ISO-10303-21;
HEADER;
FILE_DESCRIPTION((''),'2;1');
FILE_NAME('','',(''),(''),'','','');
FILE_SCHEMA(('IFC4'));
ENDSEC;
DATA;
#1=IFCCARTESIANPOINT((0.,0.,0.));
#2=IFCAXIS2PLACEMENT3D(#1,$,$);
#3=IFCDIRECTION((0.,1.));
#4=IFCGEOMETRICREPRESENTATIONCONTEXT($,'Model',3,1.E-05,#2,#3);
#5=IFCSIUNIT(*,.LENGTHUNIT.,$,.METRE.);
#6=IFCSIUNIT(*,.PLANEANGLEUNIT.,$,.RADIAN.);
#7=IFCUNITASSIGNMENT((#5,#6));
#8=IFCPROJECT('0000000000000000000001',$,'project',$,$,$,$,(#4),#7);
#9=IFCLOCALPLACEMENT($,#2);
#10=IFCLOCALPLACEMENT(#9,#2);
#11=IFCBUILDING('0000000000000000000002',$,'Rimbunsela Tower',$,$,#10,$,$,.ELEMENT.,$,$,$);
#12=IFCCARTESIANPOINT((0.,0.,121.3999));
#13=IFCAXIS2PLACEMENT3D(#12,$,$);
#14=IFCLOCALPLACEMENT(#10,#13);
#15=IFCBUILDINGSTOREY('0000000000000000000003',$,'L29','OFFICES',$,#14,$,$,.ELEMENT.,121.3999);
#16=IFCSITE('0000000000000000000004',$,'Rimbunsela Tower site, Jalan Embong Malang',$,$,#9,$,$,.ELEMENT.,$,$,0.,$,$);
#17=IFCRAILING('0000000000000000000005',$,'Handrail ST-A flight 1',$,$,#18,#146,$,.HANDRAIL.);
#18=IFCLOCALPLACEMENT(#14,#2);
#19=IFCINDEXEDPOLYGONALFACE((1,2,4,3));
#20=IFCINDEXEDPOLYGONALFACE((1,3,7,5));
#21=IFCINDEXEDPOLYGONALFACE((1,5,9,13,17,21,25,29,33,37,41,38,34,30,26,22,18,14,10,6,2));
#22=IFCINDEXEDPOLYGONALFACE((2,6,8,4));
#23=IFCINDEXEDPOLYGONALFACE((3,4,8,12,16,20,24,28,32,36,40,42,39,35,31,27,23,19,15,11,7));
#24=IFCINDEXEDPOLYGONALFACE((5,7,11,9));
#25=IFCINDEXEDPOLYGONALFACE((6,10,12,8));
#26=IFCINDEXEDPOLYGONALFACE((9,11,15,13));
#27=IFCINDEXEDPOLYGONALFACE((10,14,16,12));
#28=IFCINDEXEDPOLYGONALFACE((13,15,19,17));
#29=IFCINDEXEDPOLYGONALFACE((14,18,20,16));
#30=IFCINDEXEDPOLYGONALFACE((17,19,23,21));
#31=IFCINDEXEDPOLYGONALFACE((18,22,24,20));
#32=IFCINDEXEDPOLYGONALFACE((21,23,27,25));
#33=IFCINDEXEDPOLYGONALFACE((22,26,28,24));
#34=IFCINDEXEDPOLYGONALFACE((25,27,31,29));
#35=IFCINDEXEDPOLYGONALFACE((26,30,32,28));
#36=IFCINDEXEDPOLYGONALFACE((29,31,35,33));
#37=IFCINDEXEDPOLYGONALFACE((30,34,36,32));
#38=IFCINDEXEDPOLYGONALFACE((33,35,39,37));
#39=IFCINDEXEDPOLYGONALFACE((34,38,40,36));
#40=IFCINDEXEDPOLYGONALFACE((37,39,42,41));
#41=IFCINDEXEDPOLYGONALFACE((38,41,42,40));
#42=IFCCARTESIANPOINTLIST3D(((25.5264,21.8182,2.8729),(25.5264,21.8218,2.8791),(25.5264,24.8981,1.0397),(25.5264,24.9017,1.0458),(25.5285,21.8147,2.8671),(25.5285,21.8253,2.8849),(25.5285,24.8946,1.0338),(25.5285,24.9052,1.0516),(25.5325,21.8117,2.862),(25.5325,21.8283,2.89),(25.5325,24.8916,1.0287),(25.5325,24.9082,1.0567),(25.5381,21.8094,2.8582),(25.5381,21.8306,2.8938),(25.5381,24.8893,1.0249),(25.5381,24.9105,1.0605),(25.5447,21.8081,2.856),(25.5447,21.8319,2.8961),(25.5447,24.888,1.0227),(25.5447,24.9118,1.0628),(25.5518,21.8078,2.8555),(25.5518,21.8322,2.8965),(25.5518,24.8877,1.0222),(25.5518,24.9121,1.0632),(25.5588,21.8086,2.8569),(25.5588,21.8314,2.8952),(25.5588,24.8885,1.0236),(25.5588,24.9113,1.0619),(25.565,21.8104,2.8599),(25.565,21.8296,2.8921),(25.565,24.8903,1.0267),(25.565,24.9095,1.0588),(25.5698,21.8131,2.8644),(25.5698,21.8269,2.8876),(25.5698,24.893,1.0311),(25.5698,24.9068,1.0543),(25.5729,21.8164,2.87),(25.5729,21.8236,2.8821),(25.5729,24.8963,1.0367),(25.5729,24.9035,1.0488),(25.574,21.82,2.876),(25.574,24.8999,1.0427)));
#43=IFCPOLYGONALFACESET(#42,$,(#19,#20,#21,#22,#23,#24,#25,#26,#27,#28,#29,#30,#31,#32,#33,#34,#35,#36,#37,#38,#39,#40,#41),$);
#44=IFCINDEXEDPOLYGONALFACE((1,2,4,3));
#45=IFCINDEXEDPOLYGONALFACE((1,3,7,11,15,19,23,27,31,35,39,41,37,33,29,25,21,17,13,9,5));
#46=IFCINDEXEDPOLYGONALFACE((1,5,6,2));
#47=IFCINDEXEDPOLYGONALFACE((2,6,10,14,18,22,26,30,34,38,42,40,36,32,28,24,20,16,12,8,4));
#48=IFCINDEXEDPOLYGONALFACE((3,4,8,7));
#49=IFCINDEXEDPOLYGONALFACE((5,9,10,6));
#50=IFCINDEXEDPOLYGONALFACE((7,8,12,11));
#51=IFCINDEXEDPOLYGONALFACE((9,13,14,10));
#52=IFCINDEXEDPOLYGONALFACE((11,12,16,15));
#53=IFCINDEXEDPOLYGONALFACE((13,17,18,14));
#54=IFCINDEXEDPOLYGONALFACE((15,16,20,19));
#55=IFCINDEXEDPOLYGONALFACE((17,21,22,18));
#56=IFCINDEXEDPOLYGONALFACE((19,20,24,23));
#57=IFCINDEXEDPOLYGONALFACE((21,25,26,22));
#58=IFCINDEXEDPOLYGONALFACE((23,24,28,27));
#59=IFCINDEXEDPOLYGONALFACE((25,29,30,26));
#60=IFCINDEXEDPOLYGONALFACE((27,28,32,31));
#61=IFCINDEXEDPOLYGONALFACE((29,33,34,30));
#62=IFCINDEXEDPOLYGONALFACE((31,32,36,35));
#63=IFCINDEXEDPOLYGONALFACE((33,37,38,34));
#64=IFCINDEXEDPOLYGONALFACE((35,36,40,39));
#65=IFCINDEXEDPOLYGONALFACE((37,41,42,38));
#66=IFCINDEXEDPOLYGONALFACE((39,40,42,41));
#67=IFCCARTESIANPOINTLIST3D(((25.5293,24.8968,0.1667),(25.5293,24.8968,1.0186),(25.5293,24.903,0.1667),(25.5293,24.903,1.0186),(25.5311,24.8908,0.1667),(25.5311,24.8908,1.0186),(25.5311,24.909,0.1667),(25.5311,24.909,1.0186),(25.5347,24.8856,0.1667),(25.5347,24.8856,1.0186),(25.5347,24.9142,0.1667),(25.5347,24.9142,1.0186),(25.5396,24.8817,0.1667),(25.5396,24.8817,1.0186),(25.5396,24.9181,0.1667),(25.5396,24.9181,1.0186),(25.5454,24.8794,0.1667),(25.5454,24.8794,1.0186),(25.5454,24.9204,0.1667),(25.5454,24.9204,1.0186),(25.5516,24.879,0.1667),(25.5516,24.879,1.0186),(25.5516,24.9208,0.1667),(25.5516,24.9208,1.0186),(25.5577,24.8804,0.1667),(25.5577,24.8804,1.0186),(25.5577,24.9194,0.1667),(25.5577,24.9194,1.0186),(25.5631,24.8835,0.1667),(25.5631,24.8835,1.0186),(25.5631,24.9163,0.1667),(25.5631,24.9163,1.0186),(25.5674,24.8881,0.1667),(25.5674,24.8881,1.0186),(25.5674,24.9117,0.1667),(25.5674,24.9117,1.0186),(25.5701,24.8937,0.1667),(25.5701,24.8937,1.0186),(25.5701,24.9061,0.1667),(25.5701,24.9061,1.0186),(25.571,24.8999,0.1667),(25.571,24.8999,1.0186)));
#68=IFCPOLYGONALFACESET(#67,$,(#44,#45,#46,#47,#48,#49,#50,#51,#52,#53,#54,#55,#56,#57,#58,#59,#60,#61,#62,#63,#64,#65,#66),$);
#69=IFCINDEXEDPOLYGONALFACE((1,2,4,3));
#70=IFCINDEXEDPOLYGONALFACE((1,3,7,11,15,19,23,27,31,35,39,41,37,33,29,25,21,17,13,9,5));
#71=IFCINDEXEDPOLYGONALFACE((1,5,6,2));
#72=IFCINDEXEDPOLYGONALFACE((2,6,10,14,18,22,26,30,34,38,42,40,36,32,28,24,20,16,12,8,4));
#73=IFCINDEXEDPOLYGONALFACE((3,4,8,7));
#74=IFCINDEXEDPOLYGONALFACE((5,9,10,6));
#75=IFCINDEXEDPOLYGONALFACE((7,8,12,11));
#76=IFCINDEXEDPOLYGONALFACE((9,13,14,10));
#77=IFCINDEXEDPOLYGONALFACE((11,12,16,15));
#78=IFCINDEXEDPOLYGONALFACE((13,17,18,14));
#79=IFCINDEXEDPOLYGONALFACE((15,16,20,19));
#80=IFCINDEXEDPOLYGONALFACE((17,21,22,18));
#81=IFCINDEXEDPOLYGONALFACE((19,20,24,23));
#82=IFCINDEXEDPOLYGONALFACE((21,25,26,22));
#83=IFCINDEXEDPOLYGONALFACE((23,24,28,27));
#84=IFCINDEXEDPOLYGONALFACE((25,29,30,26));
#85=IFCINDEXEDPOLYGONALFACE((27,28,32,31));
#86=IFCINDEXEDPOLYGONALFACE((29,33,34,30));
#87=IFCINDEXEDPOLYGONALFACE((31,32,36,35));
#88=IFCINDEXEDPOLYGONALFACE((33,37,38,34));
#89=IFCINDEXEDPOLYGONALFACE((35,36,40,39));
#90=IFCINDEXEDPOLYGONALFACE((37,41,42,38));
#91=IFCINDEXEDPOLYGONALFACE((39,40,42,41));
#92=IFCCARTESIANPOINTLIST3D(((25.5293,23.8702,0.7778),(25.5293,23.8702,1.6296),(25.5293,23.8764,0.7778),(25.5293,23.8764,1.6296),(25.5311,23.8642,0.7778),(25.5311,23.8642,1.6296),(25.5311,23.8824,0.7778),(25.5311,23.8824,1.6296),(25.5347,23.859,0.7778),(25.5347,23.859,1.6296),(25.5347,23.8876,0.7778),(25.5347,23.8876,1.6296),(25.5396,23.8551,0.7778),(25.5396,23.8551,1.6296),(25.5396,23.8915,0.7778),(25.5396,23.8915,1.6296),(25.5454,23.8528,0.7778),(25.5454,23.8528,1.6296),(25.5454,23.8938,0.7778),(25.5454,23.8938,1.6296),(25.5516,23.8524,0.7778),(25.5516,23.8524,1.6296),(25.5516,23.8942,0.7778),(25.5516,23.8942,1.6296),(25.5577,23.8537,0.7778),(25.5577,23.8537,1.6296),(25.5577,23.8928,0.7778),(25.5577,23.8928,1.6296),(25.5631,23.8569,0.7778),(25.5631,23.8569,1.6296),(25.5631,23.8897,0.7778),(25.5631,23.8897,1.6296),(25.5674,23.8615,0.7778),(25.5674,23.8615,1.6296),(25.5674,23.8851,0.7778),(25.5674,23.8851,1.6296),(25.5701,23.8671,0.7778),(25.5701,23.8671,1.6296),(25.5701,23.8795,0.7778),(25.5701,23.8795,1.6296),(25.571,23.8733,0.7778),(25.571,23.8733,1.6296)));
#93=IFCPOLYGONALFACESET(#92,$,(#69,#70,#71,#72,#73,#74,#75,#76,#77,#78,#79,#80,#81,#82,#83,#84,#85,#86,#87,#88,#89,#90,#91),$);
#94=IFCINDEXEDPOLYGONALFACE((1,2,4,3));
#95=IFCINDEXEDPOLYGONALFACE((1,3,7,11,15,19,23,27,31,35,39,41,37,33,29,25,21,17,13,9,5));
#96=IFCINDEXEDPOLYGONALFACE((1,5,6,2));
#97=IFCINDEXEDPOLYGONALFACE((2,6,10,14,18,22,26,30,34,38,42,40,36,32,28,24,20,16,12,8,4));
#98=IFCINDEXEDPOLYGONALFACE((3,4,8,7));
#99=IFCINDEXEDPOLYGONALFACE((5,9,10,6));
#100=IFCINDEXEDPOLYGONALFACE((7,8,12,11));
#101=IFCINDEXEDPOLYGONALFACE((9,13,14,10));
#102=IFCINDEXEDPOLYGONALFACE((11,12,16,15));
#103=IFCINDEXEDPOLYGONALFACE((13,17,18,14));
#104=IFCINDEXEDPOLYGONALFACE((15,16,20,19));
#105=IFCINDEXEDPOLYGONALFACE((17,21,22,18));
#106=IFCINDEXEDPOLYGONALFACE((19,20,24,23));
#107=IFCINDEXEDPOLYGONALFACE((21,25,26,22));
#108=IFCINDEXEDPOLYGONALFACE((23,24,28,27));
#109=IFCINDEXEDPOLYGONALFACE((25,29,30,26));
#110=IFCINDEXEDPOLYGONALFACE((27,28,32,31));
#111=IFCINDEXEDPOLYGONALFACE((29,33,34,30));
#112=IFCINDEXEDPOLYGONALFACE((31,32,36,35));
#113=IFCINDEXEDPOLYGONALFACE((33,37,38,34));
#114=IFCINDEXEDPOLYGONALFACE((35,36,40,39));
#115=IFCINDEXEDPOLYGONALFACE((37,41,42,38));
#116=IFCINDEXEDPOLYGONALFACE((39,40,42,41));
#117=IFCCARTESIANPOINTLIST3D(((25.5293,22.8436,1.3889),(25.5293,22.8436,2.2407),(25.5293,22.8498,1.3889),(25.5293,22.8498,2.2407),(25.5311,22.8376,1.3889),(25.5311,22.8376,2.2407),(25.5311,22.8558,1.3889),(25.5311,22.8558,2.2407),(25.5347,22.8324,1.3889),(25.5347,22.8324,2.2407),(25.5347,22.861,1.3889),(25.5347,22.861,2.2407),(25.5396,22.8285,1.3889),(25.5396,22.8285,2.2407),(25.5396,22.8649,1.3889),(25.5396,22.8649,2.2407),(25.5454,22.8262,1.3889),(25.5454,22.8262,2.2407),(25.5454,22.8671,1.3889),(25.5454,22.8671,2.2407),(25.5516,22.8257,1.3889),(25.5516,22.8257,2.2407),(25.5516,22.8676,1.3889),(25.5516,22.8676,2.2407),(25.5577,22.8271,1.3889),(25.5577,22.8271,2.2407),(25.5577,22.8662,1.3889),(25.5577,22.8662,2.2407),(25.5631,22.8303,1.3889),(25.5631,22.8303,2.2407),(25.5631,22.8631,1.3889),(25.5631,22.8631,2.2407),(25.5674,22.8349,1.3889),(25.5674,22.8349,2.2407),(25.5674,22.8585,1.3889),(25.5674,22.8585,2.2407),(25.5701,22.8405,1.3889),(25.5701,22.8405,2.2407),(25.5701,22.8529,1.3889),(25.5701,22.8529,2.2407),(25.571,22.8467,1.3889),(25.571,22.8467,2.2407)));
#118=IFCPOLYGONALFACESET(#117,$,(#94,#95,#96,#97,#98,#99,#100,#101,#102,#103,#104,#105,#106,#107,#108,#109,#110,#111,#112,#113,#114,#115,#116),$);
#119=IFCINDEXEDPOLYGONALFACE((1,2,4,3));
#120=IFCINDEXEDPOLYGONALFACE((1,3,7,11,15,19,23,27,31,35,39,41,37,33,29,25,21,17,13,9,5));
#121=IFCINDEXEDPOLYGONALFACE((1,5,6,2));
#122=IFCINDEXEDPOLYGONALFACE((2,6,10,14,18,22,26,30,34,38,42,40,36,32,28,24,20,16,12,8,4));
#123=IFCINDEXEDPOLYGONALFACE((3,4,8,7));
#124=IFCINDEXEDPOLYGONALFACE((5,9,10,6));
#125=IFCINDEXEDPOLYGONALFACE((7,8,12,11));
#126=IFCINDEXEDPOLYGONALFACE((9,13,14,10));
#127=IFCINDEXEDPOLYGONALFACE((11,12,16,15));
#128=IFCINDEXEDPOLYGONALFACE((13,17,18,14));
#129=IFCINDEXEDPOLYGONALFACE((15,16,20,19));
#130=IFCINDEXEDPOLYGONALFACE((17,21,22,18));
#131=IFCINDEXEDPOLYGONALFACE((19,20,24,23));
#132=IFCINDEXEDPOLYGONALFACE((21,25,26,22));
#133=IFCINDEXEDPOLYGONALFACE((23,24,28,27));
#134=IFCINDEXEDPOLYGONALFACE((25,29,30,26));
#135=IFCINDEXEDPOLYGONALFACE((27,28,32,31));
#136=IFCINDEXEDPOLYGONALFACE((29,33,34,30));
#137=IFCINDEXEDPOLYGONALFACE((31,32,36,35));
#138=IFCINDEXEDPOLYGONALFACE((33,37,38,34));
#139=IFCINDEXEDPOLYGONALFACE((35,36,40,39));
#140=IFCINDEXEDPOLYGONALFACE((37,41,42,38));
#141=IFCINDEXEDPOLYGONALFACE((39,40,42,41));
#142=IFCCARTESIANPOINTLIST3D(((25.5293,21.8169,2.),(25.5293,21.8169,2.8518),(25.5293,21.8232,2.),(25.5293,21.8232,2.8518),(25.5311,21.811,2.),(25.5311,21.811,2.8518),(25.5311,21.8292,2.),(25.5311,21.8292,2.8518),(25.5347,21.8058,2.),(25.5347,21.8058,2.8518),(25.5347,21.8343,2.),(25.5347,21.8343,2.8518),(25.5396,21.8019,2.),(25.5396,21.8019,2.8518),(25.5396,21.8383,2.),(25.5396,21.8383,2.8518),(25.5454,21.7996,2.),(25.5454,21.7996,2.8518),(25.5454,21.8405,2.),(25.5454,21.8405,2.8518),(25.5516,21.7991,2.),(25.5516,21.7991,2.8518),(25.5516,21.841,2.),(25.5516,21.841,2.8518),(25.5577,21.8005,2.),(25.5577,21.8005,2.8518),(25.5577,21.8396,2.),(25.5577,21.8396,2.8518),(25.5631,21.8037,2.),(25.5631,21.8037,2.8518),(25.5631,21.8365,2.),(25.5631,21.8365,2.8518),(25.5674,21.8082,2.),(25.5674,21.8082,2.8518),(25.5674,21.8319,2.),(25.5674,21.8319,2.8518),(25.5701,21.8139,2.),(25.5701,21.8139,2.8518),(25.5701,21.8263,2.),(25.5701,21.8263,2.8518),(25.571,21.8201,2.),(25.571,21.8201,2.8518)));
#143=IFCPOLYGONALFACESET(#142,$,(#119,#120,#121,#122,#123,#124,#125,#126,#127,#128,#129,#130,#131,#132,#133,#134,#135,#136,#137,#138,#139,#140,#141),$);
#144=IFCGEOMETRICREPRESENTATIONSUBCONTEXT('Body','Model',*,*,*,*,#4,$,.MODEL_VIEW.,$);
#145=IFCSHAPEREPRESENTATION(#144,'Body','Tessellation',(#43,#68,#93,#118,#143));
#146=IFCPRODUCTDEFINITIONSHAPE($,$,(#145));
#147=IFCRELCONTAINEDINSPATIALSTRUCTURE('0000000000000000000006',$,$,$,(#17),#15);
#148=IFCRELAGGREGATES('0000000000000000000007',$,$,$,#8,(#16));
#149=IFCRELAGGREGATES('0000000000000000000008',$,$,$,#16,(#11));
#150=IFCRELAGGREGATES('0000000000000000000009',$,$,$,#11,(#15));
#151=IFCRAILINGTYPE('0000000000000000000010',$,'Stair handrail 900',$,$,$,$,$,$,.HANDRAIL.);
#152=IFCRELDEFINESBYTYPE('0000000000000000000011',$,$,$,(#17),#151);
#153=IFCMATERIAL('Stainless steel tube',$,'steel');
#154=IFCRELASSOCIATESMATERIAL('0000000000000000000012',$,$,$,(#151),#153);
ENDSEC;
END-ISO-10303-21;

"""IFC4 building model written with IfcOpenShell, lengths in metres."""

from ifc_helpers import new_model, si_unit, direction, frame, origin, origin_2d, place, context, subcontext, project, spatial, circle, extrude, material, type_object, element, save


model = new_model("IFC4")

# Units and contexts
model_context = context("Model", 3, precision=1e-05, world=origin(), true_north=direction((0.0, 1.0)))
body_context = subcontext(model_context, "Body", "Model", "MODEL_VIEW")
ifc_project = project(units=[si_unit("LENGTHUNIT", "METRE"), si_unit("PLANEANGLEUNIT", "RADIAN")], contexts=[model_context])

# Site, building, storey
site_placement = place(None, origin())
site = spatial("IfcSite", under=ifc_project, at=site_placement, Name="Rimbunsela Tower site, Jalan Embong Malang", CompositionType="ELEMENT", RefElevation=0.0)
building_placement = place(site_placement, origin())
building = spatial("IfcBuilding", under=site, at=building_placement, Name="Rimbunsela Tower", CompositionType="ELEMENT")
storey_placement = place(building_placement, frame((0.0, 0.0, 121.3999)))
storey = spatial("IfcBuildingStorey", under=building, at=storey_placement, Name="L29", Description="OFFICES", CompositionType="ELEMENT", Elevation=121.3999)

# Railing
ifc_material_1 = material(Name="Stainless steel tube", Category="steel")
railing_type = type_object("IfcRailingType", Name="Stair handrail 900", PredefinedType="HANDRAIL", material=ifc_material_1)
railing_1_placement = place(storey_placement, frame((25.55, 24.8999, 0.1667)))
element("IfcRailing", 1, at=railing_1_placement, inside=storey, type_object=railing_type, Name="Handrail ST-A flight 1", PredefinedType="HANDRAIL", context=body_context, shape_type="SweptSolid", body=[
    extrude(circle(Radius=0.0239, at=origin_2d()), frame((0.0, 0.0, 0.876), z_axis=(0.0, -0.859291, 0.511487), x_axis=(1.0, 0.0, 0.0)), (0.0, 0.0, 1.0), 3.5842),
    extrude(circle(Radius=0.021, at=origin_2d()), origin(), (0.0, 0.0, 1.0), 0.8518),
    extrude(circle(Radius=0.021, at=origin_2d()), frame((0.0, -1.0266, 0.6111)), (0.0, 0.0, 1.0), 0.8518),
    extrude(circle(Radius=0.021, at=origin_2d()), frame((0.0, -2.0532, 1.2222)), (0.0, 0.0, 1.0), 0.8518),
    extrude(circle(Radius=0.021, at=origin_2d()), frame((0.0, -3.0798, 1.8333)), (0.0, 0.0, 1.0), 0.8518),
])

save(model, "model.ifc")
